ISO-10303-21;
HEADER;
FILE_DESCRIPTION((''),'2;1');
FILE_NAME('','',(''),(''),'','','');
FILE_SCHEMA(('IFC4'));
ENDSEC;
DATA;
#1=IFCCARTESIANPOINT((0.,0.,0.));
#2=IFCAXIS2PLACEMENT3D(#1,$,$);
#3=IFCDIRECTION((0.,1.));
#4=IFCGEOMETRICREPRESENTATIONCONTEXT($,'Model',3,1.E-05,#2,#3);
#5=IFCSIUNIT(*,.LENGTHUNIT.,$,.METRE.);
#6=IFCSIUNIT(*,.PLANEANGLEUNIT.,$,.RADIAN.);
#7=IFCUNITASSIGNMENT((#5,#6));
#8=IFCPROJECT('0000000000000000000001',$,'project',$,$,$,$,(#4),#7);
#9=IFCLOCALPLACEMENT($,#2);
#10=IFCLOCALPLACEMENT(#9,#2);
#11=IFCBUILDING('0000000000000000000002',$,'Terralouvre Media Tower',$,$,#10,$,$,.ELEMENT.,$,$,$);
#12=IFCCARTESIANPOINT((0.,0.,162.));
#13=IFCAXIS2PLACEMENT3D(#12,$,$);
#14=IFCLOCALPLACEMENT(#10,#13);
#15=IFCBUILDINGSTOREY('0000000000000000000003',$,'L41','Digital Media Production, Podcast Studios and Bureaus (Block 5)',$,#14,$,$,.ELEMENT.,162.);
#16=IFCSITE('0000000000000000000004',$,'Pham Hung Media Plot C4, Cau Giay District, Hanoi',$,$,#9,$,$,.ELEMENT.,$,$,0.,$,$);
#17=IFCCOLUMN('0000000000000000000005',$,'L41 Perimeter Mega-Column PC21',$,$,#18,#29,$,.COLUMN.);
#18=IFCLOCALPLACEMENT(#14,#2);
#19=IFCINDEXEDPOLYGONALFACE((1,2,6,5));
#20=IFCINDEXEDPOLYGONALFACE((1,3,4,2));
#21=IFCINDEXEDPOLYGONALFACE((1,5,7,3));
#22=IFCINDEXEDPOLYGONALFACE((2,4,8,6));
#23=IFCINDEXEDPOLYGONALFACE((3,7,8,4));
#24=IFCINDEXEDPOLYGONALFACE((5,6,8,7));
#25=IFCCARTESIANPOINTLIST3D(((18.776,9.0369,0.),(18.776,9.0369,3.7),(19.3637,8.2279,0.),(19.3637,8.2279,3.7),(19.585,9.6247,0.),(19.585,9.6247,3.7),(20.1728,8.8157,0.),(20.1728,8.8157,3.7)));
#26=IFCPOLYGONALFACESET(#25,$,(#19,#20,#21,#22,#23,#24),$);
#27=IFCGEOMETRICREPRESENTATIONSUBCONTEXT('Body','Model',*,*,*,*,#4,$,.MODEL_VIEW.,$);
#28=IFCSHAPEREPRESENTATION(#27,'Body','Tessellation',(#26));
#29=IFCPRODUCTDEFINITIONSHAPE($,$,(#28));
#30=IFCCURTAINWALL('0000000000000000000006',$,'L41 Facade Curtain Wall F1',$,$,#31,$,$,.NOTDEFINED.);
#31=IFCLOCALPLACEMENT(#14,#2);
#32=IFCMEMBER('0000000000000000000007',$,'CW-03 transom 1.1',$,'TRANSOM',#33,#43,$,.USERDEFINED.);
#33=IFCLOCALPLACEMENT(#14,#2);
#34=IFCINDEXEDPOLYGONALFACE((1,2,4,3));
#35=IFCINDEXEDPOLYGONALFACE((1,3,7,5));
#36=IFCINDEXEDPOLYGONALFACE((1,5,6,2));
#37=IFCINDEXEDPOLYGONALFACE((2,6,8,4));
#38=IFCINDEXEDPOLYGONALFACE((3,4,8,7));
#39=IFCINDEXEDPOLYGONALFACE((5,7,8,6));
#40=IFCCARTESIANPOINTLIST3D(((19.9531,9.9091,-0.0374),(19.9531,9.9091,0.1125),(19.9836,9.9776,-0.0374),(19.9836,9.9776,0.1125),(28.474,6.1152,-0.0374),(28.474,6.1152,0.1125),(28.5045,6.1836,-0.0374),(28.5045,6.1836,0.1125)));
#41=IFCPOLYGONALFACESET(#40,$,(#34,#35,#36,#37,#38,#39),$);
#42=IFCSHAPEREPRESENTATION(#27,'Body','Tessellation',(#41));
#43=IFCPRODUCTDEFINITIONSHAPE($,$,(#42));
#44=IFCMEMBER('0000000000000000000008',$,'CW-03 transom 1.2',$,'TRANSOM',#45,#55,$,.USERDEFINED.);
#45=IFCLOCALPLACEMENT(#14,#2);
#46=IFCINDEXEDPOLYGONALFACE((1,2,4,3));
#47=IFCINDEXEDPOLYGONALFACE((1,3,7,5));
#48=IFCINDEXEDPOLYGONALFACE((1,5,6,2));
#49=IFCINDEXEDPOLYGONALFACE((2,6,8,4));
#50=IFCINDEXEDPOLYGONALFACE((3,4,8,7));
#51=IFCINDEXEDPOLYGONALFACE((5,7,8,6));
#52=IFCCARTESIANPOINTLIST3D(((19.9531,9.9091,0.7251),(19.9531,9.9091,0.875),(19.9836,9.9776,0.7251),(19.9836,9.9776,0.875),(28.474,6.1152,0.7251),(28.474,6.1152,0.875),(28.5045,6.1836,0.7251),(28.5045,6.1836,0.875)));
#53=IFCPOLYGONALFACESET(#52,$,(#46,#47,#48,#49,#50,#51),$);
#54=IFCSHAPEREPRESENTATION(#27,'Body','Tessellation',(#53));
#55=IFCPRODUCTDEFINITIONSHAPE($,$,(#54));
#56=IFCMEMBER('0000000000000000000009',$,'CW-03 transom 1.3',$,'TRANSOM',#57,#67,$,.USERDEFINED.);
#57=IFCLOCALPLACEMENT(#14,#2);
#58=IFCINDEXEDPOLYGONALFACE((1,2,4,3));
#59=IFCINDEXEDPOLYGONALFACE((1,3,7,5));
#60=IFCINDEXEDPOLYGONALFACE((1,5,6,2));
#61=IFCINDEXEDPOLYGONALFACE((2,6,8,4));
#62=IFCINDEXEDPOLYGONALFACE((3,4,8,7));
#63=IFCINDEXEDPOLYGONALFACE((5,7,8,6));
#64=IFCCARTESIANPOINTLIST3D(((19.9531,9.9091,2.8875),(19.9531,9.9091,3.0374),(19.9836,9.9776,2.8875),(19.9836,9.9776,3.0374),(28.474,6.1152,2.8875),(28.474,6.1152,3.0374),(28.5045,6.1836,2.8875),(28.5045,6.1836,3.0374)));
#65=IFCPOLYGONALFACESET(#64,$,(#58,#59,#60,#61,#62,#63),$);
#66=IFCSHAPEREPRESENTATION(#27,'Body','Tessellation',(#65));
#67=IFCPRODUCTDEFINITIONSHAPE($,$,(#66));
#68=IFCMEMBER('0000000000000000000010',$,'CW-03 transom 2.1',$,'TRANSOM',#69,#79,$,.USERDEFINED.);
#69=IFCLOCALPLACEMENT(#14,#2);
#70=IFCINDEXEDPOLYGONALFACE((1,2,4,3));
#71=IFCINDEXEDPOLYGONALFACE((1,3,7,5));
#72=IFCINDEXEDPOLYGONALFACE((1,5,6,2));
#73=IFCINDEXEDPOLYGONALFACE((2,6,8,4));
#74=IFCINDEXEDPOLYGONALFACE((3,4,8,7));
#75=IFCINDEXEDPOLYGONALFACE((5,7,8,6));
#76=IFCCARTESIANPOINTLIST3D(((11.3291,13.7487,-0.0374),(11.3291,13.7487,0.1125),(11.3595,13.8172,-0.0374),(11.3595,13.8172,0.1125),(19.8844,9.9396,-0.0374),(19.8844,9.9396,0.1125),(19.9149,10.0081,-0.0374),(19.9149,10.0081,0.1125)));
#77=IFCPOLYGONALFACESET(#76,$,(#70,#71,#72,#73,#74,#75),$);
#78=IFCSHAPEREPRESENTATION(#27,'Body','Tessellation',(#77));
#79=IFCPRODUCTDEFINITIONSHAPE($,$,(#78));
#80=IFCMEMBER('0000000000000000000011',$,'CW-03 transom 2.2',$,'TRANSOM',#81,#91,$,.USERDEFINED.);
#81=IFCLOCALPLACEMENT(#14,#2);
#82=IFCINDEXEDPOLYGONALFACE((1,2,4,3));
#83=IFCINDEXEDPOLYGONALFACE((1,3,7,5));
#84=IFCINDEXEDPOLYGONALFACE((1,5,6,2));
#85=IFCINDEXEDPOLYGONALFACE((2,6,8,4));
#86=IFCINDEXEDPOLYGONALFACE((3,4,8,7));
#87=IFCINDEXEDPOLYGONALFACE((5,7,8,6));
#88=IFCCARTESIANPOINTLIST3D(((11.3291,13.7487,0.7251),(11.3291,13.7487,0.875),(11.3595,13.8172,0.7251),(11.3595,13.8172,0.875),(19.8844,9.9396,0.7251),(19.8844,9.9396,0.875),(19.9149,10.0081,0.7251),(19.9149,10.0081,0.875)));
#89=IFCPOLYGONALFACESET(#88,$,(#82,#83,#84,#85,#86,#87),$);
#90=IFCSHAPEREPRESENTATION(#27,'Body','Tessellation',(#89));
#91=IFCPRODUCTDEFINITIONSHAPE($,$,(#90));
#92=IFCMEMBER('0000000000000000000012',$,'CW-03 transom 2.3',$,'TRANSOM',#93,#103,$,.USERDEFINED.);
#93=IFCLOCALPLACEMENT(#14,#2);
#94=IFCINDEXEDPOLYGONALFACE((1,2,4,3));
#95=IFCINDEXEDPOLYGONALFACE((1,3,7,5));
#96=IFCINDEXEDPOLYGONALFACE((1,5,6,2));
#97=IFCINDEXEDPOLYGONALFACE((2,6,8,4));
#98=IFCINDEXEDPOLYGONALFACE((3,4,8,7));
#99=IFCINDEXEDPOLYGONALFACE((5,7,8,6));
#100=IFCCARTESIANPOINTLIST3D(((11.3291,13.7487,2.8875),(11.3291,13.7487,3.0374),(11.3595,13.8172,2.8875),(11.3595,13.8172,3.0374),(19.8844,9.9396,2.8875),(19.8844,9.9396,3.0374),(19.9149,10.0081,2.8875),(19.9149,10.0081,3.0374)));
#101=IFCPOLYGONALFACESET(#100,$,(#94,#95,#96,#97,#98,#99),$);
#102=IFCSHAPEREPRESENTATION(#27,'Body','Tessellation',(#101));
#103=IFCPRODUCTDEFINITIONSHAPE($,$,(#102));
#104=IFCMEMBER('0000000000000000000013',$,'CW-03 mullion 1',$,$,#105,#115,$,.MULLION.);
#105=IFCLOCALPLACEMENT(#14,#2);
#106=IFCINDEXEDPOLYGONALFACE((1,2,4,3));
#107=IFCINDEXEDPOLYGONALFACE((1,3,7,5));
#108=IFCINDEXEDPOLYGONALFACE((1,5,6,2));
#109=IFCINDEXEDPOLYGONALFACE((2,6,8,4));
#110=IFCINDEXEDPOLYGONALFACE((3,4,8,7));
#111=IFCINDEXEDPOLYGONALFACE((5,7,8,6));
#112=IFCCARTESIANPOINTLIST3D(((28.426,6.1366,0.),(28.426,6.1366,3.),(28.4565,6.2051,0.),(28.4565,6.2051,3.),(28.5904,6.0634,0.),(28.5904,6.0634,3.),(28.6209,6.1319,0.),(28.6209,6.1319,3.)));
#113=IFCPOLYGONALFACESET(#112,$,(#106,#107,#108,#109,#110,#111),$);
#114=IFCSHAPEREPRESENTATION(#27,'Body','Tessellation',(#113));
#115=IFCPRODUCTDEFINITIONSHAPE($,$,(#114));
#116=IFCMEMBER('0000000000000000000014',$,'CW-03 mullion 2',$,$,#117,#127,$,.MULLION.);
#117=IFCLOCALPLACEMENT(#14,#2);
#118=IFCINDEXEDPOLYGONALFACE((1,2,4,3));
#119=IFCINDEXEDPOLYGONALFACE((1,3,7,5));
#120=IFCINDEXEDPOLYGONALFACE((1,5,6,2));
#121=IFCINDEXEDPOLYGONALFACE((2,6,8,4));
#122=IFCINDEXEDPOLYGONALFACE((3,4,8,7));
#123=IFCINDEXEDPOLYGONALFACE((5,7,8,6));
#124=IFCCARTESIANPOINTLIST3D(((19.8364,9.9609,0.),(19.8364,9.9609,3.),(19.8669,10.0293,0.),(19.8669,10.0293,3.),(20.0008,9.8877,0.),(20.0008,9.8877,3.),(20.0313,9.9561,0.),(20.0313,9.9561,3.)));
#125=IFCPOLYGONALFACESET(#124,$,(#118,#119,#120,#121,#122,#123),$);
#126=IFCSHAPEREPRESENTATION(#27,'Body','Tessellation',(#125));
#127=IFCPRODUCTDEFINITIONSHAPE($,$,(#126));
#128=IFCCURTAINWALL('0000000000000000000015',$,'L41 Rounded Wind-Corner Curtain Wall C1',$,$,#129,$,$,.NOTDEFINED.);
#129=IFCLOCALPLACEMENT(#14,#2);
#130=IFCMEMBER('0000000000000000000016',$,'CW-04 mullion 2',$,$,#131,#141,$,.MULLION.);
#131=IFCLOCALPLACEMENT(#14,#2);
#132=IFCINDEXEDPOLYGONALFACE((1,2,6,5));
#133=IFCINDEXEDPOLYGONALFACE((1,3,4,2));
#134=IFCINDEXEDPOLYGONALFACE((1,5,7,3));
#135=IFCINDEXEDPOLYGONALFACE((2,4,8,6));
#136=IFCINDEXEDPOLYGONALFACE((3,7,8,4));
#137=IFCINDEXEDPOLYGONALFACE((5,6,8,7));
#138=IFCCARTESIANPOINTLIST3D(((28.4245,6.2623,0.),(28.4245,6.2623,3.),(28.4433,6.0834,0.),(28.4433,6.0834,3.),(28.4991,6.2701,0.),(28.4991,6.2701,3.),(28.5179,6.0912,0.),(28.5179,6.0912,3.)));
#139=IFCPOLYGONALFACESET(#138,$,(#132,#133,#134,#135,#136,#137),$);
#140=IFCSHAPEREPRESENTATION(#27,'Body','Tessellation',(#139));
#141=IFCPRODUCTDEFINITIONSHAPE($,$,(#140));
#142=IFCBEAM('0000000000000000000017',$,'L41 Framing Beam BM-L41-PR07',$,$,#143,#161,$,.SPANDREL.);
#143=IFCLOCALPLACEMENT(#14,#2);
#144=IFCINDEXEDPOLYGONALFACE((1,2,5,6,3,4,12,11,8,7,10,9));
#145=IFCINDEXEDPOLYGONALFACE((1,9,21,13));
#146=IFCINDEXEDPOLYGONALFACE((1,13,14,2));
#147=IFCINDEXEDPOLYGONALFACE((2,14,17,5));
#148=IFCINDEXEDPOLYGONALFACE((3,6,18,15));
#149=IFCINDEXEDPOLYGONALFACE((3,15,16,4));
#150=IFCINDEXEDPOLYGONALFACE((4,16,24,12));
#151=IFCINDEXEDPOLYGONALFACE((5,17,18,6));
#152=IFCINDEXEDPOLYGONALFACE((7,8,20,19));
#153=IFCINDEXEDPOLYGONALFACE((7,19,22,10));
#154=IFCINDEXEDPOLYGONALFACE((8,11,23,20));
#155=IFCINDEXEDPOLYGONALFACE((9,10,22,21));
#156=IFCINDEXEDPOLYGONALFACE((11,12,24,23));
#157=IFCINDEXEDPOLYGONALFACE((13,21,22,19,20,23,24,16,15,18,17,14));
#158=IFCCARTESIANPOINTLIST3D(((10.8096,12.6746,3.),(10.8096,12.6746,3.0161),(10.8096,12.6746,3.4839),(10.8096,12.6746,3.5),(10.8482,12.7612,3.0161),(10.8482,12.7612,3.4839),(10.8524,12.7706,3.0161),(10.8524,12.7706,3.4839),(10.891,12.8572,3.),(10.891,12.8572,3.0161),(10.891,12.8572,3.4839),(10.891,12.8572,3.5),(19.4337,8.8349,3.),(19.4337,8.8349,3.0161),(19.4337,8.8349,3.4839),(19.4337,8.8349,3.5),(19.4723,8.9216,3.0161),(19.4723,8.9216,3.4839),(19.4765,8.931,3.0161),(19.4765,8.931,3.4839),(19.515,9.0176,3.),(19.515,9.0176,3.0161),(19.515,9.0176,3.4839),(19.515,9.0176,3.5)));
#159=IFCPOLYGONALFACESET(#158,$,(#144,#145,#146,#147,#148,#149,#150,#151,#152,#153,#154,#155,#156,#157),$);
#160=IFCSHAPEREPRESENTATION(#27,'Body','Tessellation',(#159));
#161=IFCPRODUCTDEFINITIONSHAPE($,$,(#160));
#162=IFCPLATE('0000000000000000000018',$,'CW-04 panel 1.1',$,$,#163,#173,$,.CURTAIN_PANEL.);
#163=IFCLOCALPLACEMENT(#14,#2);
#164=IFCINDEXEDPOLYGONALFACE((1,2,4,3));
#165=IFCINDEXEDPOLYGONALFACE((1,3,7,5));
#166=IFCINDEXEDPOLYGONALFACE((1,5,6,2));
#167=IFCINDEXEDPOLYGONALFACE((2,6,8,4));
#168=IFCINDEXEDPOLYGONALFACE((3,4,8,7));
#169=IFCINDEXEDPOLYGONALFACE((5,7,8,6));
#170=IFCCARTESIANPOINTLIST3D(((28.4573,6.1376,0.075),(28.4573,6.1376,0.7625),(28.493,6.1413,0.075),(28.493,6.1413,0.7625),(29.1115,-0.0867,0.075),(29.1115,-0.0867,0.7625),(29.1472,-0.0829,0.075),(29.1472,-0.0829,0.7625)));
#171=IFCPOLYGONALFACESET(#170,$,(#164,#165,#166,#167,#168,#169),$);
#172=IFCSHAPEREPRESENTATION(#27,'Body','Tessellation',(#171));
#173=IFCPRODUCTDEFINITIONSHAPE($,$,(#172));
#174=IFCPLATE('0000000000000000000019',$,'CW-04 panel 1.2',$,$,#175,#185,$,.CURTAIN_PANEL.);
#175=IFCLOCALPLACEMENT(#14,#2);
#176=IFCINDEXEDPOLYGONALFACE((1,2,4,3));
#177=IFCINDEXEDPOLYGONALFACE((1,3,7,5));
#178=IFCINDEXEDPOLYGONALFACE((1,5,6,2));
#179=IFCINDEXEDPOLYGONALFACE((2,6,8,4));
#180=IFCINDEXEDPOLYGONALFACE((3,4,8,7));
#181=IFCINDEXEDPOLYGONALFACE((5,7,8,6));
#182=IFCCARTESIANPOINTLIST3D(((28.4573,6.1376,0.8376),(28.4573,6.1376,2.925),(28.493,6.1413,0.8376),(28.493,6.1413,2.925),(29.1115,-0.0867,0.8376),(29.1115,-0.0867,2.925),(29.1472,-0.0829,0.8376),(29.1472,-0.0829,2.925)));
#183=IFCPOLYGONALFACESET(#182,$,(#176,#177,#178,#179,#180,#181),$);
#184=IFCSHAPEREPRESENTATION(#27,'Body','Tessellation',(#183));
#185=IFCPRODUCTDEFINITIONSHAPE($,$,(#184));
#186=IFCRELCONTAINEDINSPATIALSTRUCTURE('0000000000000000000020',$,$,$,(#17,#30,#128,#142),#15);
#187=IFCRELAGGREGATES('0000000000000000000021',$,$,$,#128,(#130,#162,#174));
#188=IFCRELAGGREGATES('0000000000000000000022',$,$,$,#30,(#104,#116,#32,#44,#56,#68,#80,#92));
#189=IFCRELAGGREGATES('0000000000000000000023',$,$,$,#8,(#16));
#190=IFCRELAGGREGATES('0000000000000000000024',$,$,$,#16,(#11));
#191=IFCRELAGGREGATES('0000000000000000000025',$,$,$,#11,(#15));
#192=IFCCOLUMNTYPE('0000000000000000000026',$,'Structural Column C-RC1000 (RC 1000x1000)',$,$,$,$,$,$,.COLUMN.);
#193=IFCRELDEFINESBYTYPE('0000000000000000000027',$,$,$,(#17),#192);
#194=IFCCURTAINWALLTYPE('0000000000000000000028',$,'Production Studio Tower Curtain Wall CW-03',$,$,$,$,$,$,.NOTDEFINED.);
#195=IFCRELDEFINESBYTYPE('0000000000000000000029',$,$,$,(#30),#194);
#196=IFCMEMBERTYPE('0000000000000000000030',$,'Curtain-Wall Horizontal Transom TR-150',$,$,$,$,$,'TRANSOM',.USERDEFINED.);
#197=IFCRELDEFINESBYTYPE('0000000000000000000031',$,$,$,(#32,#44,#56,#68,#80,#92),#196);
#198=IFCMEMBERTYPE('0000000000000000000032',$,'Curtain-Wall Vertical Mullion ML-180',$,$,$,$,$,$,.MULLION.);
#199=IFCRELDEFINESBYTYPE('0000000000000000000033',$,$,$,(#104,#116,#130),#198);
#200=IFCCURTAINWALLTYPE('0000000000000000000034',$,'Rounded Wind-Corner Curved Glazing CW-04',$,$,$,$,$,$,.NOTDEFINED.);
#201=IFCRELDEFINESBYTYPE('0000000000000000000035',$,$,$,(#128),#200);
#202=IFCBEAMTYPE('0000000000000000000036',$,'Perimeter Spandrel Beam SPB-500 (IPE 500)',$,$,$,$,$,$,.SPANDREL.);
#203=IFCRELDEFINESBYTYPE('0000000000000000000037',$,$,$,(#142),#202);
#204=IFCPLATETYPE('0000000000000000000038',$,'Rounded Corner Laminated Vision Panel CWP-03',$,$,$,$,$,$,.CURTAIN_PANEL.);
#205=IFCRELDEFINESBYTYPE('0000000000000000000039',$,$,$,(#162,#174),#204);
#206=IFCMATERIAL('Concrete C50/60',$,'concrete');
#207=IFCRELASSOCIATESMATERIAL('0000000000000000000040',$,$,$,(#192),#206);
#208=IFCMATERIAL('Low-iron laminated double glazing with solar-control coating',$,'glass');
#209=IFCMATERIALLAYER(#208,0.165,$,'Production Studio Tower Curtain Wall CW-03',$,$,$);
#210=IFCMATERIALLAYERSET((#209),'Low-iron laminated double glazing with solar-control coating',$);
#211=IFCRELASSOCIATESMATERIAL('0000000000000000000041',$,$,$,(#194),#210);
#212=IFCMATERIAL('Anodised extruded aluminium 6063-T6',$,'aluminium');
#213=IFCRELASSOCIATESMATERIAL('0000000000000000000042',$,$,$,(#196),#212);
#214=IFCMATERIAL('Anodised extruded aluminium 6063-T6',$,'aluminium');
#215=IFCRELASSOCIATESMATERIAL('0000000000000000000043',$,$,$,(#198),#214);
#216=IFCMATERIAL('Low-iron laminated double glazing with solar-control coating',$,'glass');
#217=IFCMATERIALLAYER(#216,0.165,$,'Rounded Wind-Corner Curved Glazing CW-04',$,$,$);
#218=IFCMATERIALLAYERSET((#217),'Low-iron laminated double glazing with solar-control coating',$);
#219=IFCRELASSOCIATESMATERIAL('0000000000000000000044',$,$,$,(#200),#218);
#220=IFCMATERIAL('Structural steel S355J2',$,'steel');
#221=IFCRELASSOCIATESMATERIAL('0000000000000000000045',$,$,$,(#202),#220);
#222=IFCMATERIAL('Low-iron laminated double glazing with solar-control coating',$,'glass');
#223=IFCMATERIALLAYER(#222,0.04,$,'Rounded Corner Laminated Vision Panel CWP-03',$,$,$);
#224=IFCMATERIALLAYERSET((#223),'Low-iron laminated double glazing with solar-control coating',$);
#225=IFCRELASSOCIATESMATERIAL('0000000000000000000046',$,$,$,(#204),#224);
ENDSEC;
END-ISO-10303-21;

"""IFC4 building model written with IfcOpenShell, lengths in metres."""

from ifc_helpers import new_model, si_unit, direction, frame, origin, origin_2d, place, context, subcontext, project, spatial, rectangle, i_section, extrude, material, layer, layer_set, material_profile, profile_set, type_object, element, aggregate, save


model = new_model("IFC4")

# Units and contexts
model_context = context("Model", 3, precision=1e-05, world=origin(), true_north=direction((0.0, 1.0)))
body_context = subcontext(model_context, "Body", "Model", "MODEL_VIEW")
ifc_project = project(units=[si_unit("LENGTHUNIT", "METRE"), si_unit("PLANEANGLEUNIT", "RADIAN")], contexts=[model_context])

# Site, building, storey
site_placement = place(None, origin())
site = spatial("IfcSite", under=ifc_project, at=site_placement, Name="Pham Hung Media Plot C4, Cau Giay District, Hanoi", CompositionType="ELEMENT", RefElevation=0.0)
building_placement = place(site_placement, origin())
building = spatial("IfcBuilding", under=site, at=building_placement, Name="Terralouvre Media Tower", CompositionType="ELEMENT")
storey_placement = place(building_placement, frame((0.0, 0.0, 162.0)))
storey = spatial("IfcBuildingStorey", under=building, at=storey_placement, Name="L41", Description="Digital Media Production, Podcast Studios and Bureaus (Block 5)", CompositionType="ELEMENT", Elevation=162.0)

# Column
ifc_material_1 = material(Name="Concrete C50/60", Category="concrete")
ifc_material_profile_1 = material_profile(ifc_material_1, rectangle(XDim=1.0, YDim=1.0, at=origin_2d()), Name="RC 1000x1000")
ifc_profile_set_1 = profile_set([ifc_material_profile_1], Name="Concrete C50/60")
column_type = type_object("IfcColumnType", Name="Structural Column C-RC1000 (RC 1000x1000)", PredefinedType="COLUMN", material=ifc_profile_set_1)
column_placement = place(storey_placement, frame((19.4744, 8.9263, 0.0), z_axis=(0.0, 0.0, 1.0), x_axis=(0.809017, 0.587785, 0.0)))
element("IfcColumn", 1, at=column_placement, inside=storey, type_object=column_type, Name="L41 Perimeter Mega-Column PC21", PredefinedType="COLUMN", context=body_context, shape_type="SweptSolid", body=[
    extrude(rectangle(XDim=1.0, YDim=1.0, at=origin_2d()), origin(), (0.0, 0.0, 1.0), 3.7),
])

# Curtain wall, members
ifc_material_2 = material(Name="Low-iron laminated double glazing with solar-control coating", Category="glass")
ifc_layer_1 = layer(ifc_material_2, 0.165, Name="Production Studio Tower Curtain Wall CW-03")
ifc_layer_set_1 = layer_set([ifc_layer_1], Name="Low-iron laminated double glazing with solar-control coating")
curtain_wall_type_1 = type_object("IfcCurtainWallType", Name="Production Studio Tower Curtain Wall CW-03", PredefinedType="NOTDEFINED", material=ifc_layer_set_1)
curtain_wall_1_placement = place(storey_placement, origin())
curtain_wall_1 = element("IfcCurtainWall", 2, at=curtain_wall_1_placement, inside=storey, type_object=curtain_wall_type_1, Name="L41 Facade Curtain Wall F1", PredefinedType="NOTDEFINED")
ifc_material_3 = material(Name="Anodised extruded aluminium 6063-T6", Category="aluminium")
ifc_material_profile_2 = material_profile(ifc_material_3, rectangle(XDim=0.075, YDim=0.1499, at=origin_2d()), Name="ALU 75x150")
ifc_profile_set_2 = profile_set([ifc_material_profile_2], Name="Anodised extruded aluminium 6063-T6")
member_type_1 = type_object("IfcMemberType", Name="Curtain-Wall Horizontal Transom TR-150", ElementType="TRANSOM", PredefinedType="USERDEFINED", material=ifc_profile_set_2)
member_1_placement = place(storey_placement, frame((28.4893, 6.1494, 0.0376), z_axis=(-0.913539, 0.40675, 0.0), x_axis=(-0.40675, -0.913539, 0.0)))
member_1 = element("IfcMember", 3, at=member_1_placement, type_object=member_type_1, Name="CW-03 transom 1.1", ObjectType="TRANSOM", PredefinedType="USERDEFINED", context=body_context, shape_type="SweptSolid", body=[
    extrude(rectangle(XDim=0.075, YDim=0.1499, at=origin_2d()), origin(), (0.0, 0.0, 1.0), 9.3274),
])
member_2_placement = place(storey_placement, frame((28.4893, 6.1494, 0.8), z_axis=(-0.913539, 0.40675, 0.0), x_axis=(-0.40675, -0.913539, 0.0)))
member_2 = element("IfcMember", 4, at=member_2_placement, type_object=member_type_1, Name="CW-03 transom 1.2", ObjectType="TRANSOM", PredefinedType="USERDEFINED", context=body_context, shape_type="SweptSolid", body=[
    extrude(rectangle(XDim=0.075, YDim=0.1499, at=origin_2d()), origin(), (0.0, 0.0, 1.0), 9.3274),
])
member_3_placement = place(storey_placement, frame((28.4893, 6.1494, 2.9624), z_axis=(-0.913539, 0.40675, 0.0), x_axis=(-0.40675, -0.913539, 0.0)))
member_3 = element("IfcMember", 5, at=member_3_placement, type_object=member_type_1, Name="CW-03 transom 1.3", ObjectType="TRANSOM", PredefinedType="USERDEFINED", context=body_context, shape_type="SweptSolid", body=[
    extrude(rectangle(XDim=0.075, YDim=0.1499, at=origin_2d()), origin(), (0.0, 0.0, 1.0), 9.3274),
])
member_4_placement = place(storey_placement, frame((19.8997, 9.9739, 0.0376), z_axis=(-0.913547, 0.406733, 0.0), x_axis=(-0.406733, -0.913547, 0.0)))
member_4 = element("IfcMember", 6, at=member_4_placement, type_object=member_type_1, Name="CW-03 transom 2.1", ObjectType="TRANSOM", PredefinedType="USERDEFINED", context=body_context, shape_type="SweptSolid", body=[
    extrude(rectangle(XDim=0.075, YDim=0.1499, at=origin_2d()), origin(), (0.0, 0.0, 1.0), 9.365),
])
member_5_placement = place(storey_placement, frame((19.8997, 9.9739, 0.8), z_axis=(-0.913547, 0.406733, 0.0), x_axis=(-0.406733, -0.913547, 0.0)))
member_5 = element("IfcMember", 7, at=member_5_placement, type_object=member_type_1, Name="CW-03 transom 2.2", ObjectType="TRANSOM", PredefinedType="USERDEFINED", context=body_context, shape_type="SweptSolid", body=[
    extrude(rectangle(XDim=0.075, YDim=0.1499, at=origin_2d()), origin(), (0.0, 0.0, 1.0), 9.365),
])
member_6_placement = place(storey_placement, frame((19.8997, 9.9739, 2.9624), z_axis=(-0.913547, 0.406733, 0.0), x_axis=(-0.406733, -0.913547, 0.0)))
member_6 = element("IfcMember", 8, at=member_6_placement, type_object=member_type_1, Name="CW-03 transom 2.3", ObjectType="TRANSOM", PredefinedType="USERDEFINED", context=body_context, shape_type="SweptSolid", body=[
    extrude(rectangle(XDim=0.075, YDim=0.1499, at=origin_2d()), origin(), (0.0, 0.0, 1.0), 9.365),
])
ifc_material_4 = material(Name="Anodised extruded aluminium 6063-T6", Category="aluminium")
ifc_material_profile_3 = material_profile(ifc_material_4, rectangle(XDim=0.075, YDim=0.1799, at=origin_2d()), Name="ALU 75x180")
ifc_profile_set_3 = profile_set([ifc_material_profile_3], Name="Anodised extruded aluminium 6063-T6")
member_type_2 = type_object("IfcMemberType", Name="Curtain-Wall Vertical Mullion ML-180", PredefinedType="MULLION", material=ifc_profile_set_3)
member_7_placement = place(storey_placement, frame((28.5234, 6.1343, 0.0), z_axis=(0.0, 0.0, 1.0), x_axis=(-0.406737, -0.913545, 0.0)))
member_7 = element("IfcMember", 9, at=member_7_placement, type_object=member_type_2, Name="CW-03 mullion 1", PredefinedType="MULLION", context=body_context, shape_type="SweptSolid", body=[
    extrude(rectangle(XDim=0.075, YDim=0.1799, at=origin_2d()), origin(), (0.0, 0.0, 1.0), 3.0),
])
member_8_placement = place(storey_placement, frame((19.9338, 9.9585, 0.0), z_axis=(0.0, 0.0, 1.0), x_axis=(-0.406737, -0.913545, 0.0)))
member_8 = element("IfcMember", 10, at=member_8_placement, type_object=member_type_2, Name="CW-03 mullion 2", PredefinedType="MULLION", context=body_context, shape_type="SweptSolid", body=[
    extrude(rectangle(XDim=0.075, YDim=0.1799, at=origin_2d()), origin(), (0.0, 0.0, 1.0), 3.0),
])

# Curtain wall, member
ifc_material_5 = material(Name="Low-iron laminated double glazing with solar-control coating", Category="glass")
ifc_layer_2 = layer(ifc_material_5, 0.165, Name="Rounded Wind-Corner Curved Glazing CW-04")
ifc_layer_set_2 = layer_set([ifc_layer_2], Name="Low-iron laminated double glazing with solar-control coating")
curtain_wall_type_2 = type_object("IfcCurtainWallType", Name="Rounded Wind-Corner Curved Glazing CW-04", PredefinedType="NOTDEFINED", material=ifc_layer_set_2)
curtain_wall_2_placement = place(storey_placement, origin())
curtain_wall_2 = element("IfcCurtainWall", 11, at=curtain_wall_2_placement, inside=storey, type_object=curtain_wall_type_2, Name="L41 Rounded Wind-Corner Curtain Wall C1", PredefinedType="NOTDEFINED")
member_9_placement = place(storey_placement, frame((28.4712, 6.1768, 0.0), z_axis=(0.0, 0.0, 1.0), x_axis=(-0.994522, -0.104529, 0.0)))
member_9 = element("IfcMember", 12, at=member_9_placement, type_object=member_type_2, Name="CW-04 mullion 2", PredefinedType="MULLION", context=body_context, shape_type="SweptSolid", body=[
    extrude(rectangle(XDim=0.075, YDim=0.1799, at=origin_2d()), origin(), (0.0, 0.0, 1.0), 3.0),
])

# Beam
ifc_material_6 = material(Name="Structural steel S355J2", Category="steel")
ifc_material_profile_4 = material_profile(ifc_material_6, i_section(OverallWidth=0.2, OverallDepth=0.5, WebThickness=0.0103, FlangeThickness=0.0161, at=origin_2d()), Name="IPE 500")
ifc_profile_set_4 = profile_set([ifc_material_profile_4], Name="Structural steel S355J2")
beam_type = type_object("IfcBeamType", Name="Perimeter Spandrel Beam SPB-500 (IPE 500)", PredefinedType="SPANDREL", material=ifc_profile_set_4)
beam_placement = place(storey_placement, frame((19.4744, 8.9263, 3.25), z_axis=(-0.913548, 0.406731, 0.0), x_axis=(-0.406731, -0.913548, 0.0)))
element("IfcBeam", 13, at=beam_placement, inside=storey, type_object=beam_type, Name="L41 Framing Beam BM-L41-PR07", PredefinedType="SPANDREL", context=body_context, shape_type="SweptSolid", body=[
    extrude(i_section(OverallWidth=0.2, OverallDepth=0.5, WebThickness=0.0103, FlangeThickness=0.0161, at=origin_2d()), origin(), (0.0, 0.0, 1.0), 9.4402),
])

# Plates
ifc_material_7 = material(Name="Low-iron laminated double glazing with solar-control coating", Category="glass")
ifc_layer_3 = layer(ifc_material_7, 0.04, Name="Rounded Corner Laminated Vision Panel CWP-03")
ifc_layer_set_3 = layer_set([ifc_layer_3], Name="Low-iron laminated double glazing with solar-control coating")
plate_type_1 = type_object("IfcPlateType", Name="Rounded Corner Laminated Vision Panel CWP-03", PredefinedType="CURTAIN_PANEL", material=ifc_layer_set_3)
plate_1_placement = place(storey_placement, frame((28.8022, 3.0273, 0.075), z_axis=(0.0, 0.0, 1.0), x_axis=(-0.104529, 0.994522, 0.0)))
plate_1 = element("IfcPlate", 14, at=plate_1_placement, type_object=plate_type_1, Name="CW-04 panel 1.1", PredefinedType="CURTAIN_PANEL", context=body_context, shape_type="SweptSolid", body=[
    extrude(rectangle(XDim=6.2585, YDim=0.0359, at=origin_2d()), origin(), (0.0, 0.0, 1.0), 0.6875),
])
plate_2_placement = place(storey_placement, frame((28.8022, 3.0273, 0.8376), z_axis=(0.0, 0.0, 1.0), x_axis=(-0.104529, 0.994522, 0.0)))
plate_2 = element("IfcPlate", 15, at=plate_2_placement, type_object=plate_type_1, Name="CW-04 panel 1.2", PredefinedType="CURTAIN_PANEL", context=body_context, shape_type="SweptSolid", body=[
    extrude(rectangle(XDim=6.2585, YDim=0.0359, at=origin_2d()), origin(), (0.0, 0.0, 1.0), 2.0874),
])
aggregate(curtain_wall_2, [member_9, plate_1, plate_2])
aggregate(curtain_wall_1, [member_7, member_8, member_1, member_2, member_3, member_4, member_5, member_6])

save(model, "model.ifc")
